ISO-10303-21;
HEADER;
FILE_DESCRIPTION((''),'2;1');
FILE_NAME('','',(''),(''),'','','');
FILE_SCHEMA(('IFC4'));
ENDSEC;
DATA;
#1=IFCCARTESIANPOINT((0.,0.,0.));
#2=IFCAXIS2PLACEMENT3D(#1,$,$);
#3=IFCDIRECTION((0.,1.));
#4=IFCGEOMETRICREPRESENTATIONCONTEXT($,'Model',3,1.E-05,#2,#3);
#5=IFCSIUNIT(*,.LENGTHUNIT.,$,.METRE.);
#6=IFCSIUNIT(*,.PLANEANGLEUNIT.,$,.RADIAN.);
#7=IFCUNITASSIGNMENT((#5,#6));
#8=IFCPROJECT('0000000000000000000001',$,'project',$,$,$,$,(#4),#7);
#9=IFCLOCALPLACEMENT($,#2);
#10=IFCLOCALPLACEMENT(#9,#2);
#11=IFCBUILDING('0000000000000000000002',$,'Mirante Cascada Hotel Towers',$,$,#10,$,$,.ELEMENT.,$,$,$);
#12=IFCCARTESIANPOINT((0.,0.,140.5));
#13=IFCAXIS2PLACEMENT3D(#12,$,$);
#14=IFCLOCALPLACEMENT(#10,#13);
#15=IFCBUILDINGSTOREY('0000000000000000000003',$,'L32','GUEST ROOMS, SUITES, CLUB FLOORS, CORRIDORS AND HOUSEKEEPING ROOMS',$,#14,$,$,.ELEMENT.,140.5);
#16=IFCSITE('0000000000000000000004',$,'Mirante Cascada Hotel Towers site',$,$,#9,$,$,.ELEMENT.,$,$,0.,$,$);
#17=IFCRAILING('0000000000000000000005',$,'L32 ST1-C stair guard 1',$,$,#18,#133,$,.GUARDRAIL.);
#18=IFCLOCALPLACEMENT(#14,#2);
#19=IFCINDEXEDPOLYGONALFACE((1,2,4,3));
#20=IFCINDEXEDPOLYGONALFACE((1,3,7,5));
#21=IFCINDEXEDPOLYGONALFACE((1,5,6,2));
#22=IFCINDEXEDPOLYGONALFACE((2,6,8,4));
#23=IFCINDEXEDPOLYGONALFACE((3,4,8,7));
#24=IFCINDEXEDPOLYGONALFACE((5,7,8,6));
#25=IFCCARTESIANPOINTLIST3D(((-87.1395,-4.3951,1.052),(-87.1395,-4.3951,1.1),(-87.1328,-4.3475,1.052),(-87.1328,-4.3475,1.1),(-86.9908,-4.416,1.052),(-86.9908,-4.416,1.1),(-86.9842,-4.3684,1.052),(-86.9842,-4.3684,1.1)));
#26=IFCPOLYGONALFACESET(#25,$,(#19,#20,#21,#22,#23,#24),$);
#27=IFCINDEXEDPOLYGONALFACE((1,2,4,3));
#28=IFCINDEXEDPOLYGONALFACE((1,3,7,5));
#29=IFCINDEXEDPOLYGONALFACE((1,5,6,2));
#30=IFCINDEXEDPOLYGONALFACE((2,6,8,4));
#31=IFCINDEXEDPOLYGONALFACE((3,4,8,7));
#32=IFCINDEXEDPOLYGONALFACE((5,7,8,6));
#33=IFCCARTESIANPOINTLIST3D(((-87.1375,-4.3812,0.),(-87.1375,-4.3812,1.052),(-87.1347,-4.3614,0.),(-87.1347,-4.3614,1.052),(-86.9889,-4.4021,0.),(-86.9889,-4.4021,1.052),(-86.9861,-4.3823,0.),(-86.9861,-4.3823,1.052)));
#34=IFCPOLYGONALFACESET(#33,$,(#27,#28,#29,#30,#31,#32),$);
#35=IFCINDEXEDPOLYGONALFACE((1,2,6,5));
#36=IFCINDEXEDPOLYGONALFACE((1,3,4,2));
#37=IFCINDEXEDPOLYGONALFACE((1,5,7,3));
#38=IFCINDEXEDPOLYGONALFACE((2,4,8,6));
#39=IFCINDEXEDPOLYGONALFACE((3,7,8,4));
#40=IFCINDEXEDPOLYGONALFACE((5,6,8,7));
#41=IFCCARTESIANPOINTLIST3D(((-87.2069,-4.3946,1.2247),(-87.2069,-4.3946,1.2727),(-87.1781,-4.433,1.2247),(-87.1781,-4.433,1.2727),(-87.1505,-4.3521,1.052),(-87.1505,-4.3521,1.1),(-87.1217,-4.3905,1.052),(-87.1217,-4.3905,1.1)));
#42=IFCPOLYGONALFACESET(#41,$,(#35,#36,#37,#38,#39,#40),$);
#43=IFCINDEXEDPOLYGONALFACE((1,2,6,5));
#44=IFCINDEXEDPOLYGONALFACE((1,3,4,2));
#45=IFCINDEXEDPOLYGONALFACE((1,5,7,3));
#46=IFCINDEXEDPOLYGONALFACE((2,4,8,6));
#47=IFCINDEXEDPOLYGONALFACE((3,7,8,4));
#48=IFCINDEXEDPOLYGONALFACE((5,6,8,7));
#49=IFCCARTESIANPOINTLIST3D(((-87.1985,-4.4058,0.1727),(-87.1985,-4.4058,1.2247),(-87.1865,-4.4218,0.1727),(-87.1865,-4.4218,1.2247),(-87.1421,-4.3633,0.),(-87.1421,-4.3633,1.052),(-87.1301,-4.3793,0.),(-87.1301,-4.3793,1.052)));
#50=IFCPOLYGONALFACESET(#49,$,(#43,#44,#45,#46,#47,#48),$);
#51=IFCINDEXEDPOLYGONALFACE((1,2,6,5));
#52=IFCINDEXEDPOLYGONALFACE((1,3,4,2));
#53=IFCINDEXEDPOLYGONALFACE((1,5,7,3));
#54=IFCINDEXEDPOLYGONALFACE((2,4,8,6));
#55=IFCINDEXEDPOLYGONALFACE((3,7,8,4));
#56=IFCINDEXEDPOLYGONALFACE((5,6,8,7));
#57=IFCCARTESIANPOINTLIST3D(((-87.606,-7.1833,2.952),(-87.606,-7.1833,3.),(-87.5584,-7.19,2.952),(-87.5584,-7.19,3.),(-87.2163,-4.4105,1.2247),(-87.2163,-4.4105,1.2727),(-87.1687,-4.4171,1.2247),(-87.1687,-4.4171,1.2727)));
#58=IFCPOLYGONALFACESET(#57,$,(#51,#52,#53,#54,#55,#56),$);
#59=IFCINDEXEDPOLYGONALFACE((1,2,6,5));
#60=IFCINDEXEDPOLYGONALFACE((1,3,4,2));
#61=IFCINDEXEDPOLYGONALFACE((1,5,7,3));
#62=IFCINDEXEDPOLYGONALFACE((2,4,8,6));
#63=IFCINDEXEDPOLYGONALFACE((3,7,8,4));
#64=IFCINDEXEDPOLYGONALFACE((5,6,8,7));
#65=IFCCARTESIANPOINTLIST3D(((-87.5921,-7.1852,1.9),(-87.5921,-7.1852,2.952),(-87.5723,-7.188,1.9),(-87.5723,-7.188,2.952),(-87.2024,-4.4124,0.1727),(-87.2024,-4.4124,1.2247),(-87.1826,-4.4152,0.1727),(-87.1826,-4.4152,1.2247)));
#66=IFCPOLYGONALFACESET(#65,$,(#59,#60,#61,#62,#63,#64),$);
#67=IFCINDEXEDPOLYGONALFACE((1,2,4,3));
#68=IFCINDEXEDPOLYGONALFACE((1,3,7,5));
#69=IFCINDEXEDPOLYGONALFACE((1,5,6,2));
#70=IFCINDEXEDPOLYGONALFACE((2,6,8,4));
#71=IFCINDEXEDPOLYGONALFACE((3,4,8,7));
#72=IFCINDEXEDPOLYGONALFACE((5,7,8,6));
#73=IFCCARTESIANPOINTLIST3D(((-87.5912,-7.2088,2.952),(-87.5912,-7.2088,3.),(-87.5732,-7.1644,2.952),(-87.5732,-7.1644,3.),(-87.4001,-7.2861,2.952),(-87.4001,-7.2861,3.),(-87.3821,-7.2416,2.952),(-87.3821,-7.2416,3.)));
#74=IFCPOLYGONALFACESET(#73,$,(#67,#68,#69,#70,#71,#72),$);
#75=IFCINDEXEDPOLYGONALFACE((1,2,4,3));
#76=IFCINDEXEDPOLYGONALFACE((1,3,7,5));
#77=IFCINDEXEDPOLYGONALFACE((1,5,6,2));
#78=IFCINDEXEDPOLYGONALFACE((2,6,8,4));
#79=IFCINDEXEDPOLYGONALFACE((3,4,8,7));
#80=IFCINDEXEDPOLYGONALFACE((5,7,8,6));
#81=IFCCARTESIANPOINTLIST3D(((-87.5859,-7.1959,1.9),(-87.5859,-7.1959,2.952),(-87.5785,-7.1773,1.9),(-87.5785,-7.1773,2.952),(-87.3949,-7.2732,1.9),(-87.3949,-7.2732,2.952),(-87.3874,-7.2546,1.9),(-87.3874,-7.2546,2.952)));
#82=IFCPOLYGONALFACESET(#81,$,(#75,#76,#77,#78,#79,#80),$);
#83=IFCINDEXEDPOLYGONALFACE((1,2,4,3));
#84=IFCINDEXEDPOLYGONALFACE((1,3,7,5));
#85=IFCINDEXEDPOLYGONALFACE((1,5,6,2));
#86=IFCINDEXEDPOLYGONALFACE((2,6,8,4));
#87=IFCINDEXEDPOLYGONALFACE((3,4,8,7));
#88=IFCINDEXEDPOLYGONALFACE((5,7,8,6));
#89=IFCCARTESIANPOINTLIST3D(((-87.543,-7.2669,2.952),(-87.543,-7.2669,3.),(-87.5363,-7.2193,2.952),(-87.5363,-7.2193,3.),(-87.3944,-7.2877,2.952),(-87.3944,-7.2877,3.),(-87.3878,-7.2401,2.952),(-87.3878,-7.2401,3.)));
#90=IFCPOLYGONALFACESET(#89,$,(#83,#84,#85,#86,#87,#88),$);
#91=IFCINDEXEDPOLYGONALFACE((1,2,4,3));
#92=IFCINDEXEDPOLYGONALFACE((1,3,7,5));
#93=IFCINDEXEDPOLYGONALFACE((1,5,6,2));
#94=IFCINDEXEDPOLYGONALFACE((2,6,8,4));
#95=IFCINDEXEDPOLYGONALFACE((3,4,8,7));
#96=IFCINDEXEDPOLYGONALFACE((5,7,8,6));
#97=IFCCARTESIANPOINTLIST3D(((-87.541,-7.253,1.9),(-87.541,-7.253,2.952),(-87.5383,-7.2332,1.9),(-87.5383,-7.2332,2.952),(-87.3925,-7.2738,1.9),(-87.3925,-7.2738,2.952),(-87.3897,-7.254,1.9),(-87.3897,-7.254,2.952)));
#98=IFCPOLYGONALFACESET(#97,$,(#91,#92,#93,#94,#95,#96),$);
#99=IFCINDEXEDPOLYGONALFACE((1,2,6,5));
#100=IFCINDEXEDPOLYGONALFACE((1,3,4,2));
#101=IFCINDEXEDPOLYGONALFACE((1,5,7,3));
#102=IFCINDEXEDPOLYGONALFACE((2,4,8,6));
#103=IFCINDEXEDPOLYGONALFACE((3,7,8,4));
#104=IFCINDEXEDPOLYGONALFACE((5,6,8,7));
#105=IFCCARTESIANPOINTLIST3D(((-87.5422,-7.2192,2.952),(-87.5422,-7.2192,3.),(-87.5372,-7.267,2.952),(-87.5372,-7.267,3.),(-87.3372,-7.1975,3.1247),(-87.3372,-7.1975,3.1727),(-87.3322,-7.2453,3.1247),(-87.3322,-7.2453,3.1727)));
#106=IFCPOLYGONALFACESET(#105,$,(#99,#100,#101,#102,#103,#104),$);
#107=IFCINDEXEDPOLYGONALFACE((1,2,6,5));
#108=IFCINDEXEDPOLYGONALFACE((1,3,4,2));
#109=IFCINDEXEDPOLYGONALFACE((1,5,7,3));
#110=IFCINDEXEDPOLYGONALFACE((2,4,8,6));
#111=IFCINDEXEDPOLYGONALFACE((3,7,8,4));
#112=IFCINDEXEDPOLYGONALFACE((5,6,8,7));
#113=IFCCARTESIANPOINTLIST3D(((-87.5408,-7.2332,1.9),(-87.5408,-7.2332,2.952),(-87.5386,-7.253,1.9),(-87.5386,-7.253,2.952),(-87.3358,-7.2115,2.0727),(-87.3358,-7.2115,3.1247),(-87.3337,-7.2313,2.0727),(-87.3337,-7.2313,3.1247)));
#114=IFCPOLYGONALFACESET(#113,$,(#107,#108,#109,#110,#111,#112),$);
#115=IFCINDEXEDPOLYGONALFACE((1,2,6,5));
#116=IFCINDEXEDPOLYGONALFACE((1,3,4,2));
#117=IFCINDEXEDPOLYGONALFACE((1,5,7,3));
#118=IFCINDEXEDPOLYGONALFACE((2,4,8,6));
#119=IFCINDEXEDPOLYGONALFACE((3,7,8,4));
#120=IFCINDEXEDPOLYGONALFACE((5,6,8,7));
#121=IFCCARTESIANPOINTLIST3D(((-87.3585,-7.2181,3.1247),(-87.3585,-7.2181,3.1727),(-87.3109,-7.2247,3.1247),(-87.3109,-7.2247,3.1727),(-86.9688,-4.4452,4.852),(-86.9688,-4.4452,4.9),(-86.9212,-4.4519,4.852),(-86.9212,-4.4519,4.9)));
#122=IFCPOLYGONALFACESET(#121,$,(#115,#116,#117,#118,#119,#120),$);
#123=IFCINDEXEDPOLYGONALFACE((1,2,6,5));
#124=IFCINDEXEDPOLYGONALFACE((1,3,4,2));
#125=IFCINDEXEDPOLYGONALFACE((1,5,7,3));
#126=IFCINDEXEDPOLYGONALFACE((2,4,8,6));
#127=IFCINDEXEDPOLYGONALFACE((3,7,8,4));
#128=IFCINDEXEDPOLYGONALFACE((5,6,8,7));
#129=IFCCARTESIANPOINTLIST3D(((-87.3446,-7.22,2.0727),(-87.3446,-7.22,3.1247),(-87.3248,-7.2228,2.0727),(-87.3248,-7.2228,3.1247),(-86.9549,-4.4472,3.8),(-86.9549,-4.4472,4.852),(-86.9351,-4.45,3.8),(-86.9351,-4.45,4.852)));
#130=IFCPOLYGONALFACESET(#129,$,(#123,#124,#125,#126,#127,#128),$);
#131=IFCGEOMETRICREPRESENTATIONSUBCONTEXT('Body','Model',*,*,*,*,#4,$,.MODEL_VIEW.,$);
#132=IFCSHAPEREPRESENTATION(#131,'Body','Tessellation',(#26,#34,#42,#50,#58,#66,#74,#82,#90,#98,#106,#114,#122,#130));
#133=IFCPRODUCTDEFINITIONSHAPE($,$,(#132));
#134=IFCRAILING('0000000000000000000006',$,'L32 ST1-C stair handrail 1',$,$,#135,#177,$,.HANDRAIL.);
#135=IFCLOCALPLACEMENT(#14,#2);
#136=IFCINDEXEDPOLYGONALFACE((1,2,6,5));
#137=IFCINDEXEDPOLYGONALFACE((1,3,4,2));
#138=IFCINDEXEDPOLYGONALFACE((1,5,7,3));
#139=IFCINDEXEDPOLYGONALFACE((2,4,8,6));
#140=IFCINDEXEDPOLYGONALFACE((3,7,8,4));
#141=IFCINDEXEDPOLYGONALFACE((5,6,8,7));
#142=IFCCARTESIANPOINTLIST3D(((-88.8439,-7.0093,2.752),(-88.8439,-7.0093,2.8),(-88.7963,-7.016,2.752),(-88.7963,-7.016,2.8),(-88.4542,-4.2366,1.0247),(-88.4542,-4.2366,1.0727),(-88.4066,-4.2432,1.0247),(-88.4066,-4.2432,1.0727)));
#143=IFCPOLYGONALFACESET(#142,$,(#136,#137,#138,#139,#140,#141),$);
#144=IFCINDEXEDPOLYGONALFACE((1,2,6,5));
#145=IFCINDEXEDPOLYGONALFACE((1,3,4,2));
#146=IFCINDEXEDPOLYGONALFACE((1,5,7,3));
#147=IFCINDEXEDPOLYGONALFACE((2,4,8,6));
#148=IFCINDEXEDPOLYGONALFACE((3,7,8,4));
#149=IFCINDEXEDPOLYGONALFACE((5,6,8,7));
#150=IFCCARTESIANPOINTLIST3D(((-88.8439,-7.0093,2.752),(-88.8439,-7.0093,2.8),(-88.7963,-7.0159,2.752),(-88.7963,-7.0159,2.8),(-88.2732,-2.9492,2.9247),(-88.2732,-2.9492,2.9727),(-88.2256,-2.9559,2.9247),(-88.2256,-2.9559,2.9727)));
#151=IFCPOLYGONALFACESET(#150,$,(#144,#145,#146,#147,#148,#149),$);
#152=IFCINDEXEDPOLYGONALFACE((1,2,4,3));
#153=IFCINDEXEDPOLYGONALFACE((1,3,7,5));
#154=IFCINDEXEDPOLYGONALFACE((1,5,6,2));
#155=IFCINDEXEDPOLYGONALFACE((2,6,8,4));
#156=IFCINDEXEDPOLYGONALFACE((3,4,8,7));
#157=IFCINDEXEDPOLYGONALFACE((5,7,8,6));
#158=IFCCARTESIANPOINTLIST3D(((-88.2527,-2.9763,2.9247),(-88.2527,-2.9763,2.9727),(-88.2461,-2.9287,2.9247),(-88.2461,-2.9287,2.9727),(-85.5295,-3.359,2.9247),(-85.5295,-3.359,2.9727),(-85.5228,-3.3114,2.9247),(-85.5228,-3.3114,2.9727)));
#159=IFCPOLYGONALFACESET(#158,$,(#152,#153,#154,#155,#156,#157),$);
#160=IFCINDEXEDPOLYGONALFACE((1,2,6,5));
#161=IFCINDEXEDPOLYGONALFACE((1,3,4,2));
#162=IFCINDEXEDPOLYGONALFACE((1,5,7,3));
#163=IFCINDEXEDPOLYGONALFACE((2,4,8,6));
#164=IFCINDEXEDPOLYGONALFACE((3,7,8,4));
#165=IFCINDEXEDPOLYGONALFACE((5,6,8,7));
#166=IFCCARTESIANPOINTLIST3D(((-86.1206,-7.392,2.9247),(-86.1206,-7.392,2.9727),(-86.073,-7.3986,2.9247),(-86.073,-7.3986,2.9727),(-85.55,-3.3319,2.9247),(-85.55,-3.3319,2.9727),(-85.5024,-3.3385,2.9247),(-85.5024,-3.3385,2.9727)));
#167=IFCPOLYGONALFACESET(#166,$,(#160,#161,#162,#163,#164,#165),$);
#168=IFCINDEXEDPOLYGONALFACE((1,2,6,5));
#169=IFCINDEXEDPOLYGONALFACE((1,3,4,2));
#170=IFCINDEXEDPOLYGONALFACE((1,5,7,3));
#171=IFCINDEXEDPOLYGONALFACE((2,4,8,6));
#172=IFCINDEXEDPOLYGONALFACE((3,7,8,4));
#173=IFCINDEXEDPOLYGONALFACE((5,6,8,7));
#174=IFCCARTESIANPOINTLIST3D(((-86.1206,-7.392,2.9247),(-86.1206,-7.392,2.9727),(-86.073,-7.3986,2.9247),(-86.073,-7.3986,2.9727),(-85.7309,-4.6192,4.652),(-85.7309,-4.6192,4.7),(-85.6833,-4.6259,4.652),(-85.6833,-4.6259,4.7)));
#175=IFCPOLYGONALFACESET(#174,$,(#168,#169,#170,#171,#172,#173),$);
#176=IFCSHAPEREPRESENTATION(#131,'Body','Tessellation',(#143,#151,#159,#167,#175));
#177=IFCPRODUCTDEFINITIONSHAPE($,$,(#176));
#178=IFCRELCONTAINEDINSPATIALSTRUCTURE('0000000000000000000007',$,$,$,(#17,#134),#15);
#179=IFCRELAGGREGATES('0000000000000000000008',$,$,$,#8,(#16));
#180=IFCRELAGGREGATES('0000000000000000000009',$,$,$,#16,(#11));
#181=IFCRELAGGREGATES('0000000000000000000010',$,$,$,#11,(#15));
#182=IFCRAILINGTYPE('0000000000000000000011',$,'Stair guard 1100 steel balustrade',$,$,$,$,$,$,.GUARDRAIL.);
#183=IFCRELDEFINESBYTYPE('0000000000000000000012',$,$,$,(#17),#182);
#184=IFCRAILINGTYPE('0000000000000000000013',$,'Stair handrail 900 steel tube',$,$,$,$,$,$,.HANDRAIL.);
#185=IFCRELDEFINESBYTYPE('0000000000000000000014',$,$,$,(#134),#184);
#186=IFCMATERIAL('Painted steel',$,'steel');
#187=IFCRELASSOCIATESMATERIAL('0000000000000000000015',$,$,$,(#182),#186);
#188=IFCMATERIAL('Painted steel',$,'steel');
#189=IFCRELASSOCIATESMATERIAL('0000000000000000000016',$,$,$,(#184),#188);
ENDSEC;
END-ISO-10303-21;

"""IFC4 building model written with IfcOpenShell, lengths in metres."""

from ifc_helpers import new_model, si_unit, direction, frame, origin, origin_2d, place, context, subcontext, project, spatial, rectangle, extrude, material, type_object, element, save


model = new_model("IFC4")

# Units and contexts
model_context = context("Model", 3, precision=1e-05, world=origin(), true_north=direction((0.0, 1.0)))
body_context = subcontext(model_context, "Body", "Model", "MODEL_VIEW")
ifc_project = project(units=[si_unit("LENGTHUNIT", "METRE"), si_unit("PLANEANGLEUNIT", "RADIAN")], contexts=[model_context])

# Site, building, storey
site_placement = place(None, origin())
site = spatial("IfcSite", under=ifc_project, at=site_placement, Name="Mirante Cascada Hotel Towers site", CompositionType="ELEMENT", RefElevation=0.0)
building_placement = place(site_placement, origin())
building = spatial("IfcBuilding", under=site, at=building_placement, Name="Mirante Cascada Hotel Towers", CompositionType="ELEMENT")
storey_placement = place(building_placement, frame((0.0, 0.0, 140.5)))
storey = spatial("IfcBuildingStorey", under=building, at=storey_placement, Name="L32", Description="GUEST ROOMS, SUITES, CLUB FLOORS, CORRIDORS AND HOUSEKEEPING ROOMS", CompositionType="ELEMENT", Elevation=140.5)

# Railings
ifc_material_1 = material(Name="Painted steel", Category="steel")
railing_type_1 = type_object("IfcRailingType", Name="Stair guard 1100 steel balustrade", PredefinedType="GUARDRAIL", material=ifc_material_1)
railing_1_placement = place(storey_placement, frame((-86.9875, -4.3922, 0.0)))
element("IfcRailing", 1, at=railing_1_placement, inside=storey, type_object=railing_type_1, Name="L32 ST1-C stair guard 1", PredefinedType="GUARDRAIL", context=body_context, shape_type="SweptSolid", body=[
    extrude(rectangle(XDim=0.048, YDim=0.048, at=origin_2d()), frame((0.0, 0.0, 1.076), z_axis=(-0.990254, 0.139275, 0.0), x_axis=(-0.139275, -0.990254, 0.0)), (0.0, 0.0, 1.0), 0.1501),
    extrude(rectangle(XDim=0.02, YDim=1.052, at=origin_2d()), frame((0.0, 0.0, 0.526), z_axis=(-0.990254, 0.139275, 0.0), x_axis=(-0.139275, -0.990254, 0.0)), (0.0, 0.0, 1.0), 0.1501),
    extrude(rectangle(XDim=0.048, YDim=0.048, at=origin_2d()), frame((-0.1486, 0.0209, 1.076), z_axis=(-0.798639, -0.601811, 0.0), x_axis=(0.601811, -0.798639, 0.0)), (0.0, 0.925603, 0.378496), 0.1866),
    extrude(rectangle(XDim=0.02, YDim=1.052, at=origin_2d()), frame((-0.1486, 0.0209, 0.526), z_axis=(-0.798639, -0.601811, 0.0), x_axis=(0.601811, -0.798639, 0.0)), (0.0, 0.925603, 0.378496), 0.1866),
    extrude(rectangle(XDim=0.048, YDim=0.048, at=origin_2d()), frame((-0.205, -0.0216, 1.2487), z_axis=(-0.139176, -0.990268, 0.0), x_axis=(0.990268, -0.139176, 0.0)), (0.0, 0.525021, 0.851089), 3.29),
    extrude(rectangle(XDim=0.02, YDim=1.052, at=origin_2d()), frame((-0.205, -0.0216, 0.6987), z_axis=(-0.139176, -0.990268, 0.0), x_axis=(0.990268, -0.139176, 0.0)), (0.0, 0.525021, 0.851089), 3.29),
    extrude(rectangle(XDim=0.048, YDim=0.048, at=origin_2d()), frame((-0.5947, -2.7944, 2.976), z_axis=(0.927031, -0.374984, 0.0), x_axis=(0.374984, 0.927031, 0.0)), (0.0, 0.0, 1.0), 0.2061),
    extrude(rectangle(XDim=0.02, YDim=1.052, at=origin_2d()), frame((-0.5947, -2.7944, 2.426), z_axis=(0.927031, -0.374984, 0.0), x_axis=(0.374984, 0.927031, 0.0)), (0.0, 0.0, 1.0), 0.2061),
    extrude(rectangle(XDim=0.048, YDim=0.048, at=origin_2d()), frame((-0.4036, -2.8717, 2.976), z_axis=(-0.990345, 0.138622, 0.0), x_axis=(-0.138622, -0.990345, 0.0)), (0.0, 0.0, 1.0), 0.15),
    extrude(rectangle(XDim=0.02, YDim=1.052, at=origin_2d()), frame((-0.4036, -2.8717, 2.426), z_axis=(-0.990345, 0.138622, 0.0), x_axis=(-0.138622, -0.990345, 0.0)), (0.0, 0.0, 1.0), 0.15),
    extrude(rectangle(XDim=0.048, YDim=0.048, at=origin_2d()), frame((-0.5522, -2.8509, 2.976), z_axis=(0.994444, 0.105266, 0.0), x_axis=(-0.105266, 0.994444, 0.0)), (0.0, 0.642184, 0.76655), 0.2689),
    extrude(rectangle(XDim=0.02, YDim=1.052, at=origin_2d()), frame((-0.5522, -2.8509, 2.426), z_axis=(0.994444, 0.105266, 0.0), x_axis=(-0.105266, 0.994444, 0.0)), (0.0, 0.642184, 0.76655), 0.2689),
    extrude(rectangle(XDim=0.048, YDim=0.048, at=origin_2d()), frame((-0.3472, -2.8292, 3.1487), z_axis=(0.139176, 0.990268, 0.0), x_axis=(-0.990268, 0.139176, 0.0)), (0.0, 0.525021, 0.851089), 3.29),
    extrude(rectangle(XDim=0.02, YDim=1.052, at=origin_2d()), frame((-0.3472, -2.8292, 2.5987), z_axis=(0.139176, 0.990268, 0.0), x_axis=(-0.990268, 0.139176, 0.0)), (0.0, 0.525021, 0.851089), 3.29),
])
ifc_material_2 = material(Name="Painted steel", Category="steel")
railing_type_2 = type_object("IfcRailingType", Name="Stair handrail 900 steel tube", PredefinedType="HANDRAIL", material=ifc_material_2)
railing_2_placement = place(storey_placement, frame((-88.4304, -4.2399, 0.1727)))
element("IfcRailing", 2, at=railing_2_placement, inside=storey, type_object=railing_type_2, Name="L32 ST1-C stair handrail 1", PredefinedType="HANDRAIL", context=body_context, shape_type="SweptSolid", body=[
    extrude(rectangle(XDim=0.048, YDim=0.048, at=origin_2d()), frame((0.0, 0.0, 0.876), z_axis=(-0.139181, -0.990267, 0.0), x_axis=(0.990267, -0.139181, 0.0)), (0.0, 0.525035, 0.851081), 3.2899),
    extrude(rectangle(XDim=0.048, YDim=0.048, at=origin_2d()), frame((-0.3897, -2.7727, 2.6033), z_axis=(0.139195, 0.990265, 0.0), x_axis=(-0.990265, 0.139195, 0.0)), (0.0, 0.042084, 0.999114), 4.1036),
    extrude(rectangle(XDim=0.048, YDim=0.048, at=origin_2d()), frame((0.181, 1.2874, 2.776), z_axis=(0.990269, -0.139166, 0.0), x_axis=(0.139166, 0.990269, 0.0)), (0.0, 0.0, 1.0), 2.75),
    extrude(rectangle(XDim=0.048, YDim=0.048, at=origin_2d()), frame((2.9042, 0.9047, 2.776), z_axis=(-0.139171, -0.990268, 0.0), x_axis=(0.990268, -0.139171, 0.0)), (0.0, 0.0, 1.0), 4.1),
    extrude(rectangle(XDim=0.048, YDim=0.048, at=origin_2d()), frame((2.3336, -3.1554, 2.776), z_axis=(0.139181, 0.990267, 0.0), x_axis=(-0.990267, 0.139181, 0.0)), (0.0, 0.525035, 0.851081), 3.2899),
])

save(model, "model.ifc")
